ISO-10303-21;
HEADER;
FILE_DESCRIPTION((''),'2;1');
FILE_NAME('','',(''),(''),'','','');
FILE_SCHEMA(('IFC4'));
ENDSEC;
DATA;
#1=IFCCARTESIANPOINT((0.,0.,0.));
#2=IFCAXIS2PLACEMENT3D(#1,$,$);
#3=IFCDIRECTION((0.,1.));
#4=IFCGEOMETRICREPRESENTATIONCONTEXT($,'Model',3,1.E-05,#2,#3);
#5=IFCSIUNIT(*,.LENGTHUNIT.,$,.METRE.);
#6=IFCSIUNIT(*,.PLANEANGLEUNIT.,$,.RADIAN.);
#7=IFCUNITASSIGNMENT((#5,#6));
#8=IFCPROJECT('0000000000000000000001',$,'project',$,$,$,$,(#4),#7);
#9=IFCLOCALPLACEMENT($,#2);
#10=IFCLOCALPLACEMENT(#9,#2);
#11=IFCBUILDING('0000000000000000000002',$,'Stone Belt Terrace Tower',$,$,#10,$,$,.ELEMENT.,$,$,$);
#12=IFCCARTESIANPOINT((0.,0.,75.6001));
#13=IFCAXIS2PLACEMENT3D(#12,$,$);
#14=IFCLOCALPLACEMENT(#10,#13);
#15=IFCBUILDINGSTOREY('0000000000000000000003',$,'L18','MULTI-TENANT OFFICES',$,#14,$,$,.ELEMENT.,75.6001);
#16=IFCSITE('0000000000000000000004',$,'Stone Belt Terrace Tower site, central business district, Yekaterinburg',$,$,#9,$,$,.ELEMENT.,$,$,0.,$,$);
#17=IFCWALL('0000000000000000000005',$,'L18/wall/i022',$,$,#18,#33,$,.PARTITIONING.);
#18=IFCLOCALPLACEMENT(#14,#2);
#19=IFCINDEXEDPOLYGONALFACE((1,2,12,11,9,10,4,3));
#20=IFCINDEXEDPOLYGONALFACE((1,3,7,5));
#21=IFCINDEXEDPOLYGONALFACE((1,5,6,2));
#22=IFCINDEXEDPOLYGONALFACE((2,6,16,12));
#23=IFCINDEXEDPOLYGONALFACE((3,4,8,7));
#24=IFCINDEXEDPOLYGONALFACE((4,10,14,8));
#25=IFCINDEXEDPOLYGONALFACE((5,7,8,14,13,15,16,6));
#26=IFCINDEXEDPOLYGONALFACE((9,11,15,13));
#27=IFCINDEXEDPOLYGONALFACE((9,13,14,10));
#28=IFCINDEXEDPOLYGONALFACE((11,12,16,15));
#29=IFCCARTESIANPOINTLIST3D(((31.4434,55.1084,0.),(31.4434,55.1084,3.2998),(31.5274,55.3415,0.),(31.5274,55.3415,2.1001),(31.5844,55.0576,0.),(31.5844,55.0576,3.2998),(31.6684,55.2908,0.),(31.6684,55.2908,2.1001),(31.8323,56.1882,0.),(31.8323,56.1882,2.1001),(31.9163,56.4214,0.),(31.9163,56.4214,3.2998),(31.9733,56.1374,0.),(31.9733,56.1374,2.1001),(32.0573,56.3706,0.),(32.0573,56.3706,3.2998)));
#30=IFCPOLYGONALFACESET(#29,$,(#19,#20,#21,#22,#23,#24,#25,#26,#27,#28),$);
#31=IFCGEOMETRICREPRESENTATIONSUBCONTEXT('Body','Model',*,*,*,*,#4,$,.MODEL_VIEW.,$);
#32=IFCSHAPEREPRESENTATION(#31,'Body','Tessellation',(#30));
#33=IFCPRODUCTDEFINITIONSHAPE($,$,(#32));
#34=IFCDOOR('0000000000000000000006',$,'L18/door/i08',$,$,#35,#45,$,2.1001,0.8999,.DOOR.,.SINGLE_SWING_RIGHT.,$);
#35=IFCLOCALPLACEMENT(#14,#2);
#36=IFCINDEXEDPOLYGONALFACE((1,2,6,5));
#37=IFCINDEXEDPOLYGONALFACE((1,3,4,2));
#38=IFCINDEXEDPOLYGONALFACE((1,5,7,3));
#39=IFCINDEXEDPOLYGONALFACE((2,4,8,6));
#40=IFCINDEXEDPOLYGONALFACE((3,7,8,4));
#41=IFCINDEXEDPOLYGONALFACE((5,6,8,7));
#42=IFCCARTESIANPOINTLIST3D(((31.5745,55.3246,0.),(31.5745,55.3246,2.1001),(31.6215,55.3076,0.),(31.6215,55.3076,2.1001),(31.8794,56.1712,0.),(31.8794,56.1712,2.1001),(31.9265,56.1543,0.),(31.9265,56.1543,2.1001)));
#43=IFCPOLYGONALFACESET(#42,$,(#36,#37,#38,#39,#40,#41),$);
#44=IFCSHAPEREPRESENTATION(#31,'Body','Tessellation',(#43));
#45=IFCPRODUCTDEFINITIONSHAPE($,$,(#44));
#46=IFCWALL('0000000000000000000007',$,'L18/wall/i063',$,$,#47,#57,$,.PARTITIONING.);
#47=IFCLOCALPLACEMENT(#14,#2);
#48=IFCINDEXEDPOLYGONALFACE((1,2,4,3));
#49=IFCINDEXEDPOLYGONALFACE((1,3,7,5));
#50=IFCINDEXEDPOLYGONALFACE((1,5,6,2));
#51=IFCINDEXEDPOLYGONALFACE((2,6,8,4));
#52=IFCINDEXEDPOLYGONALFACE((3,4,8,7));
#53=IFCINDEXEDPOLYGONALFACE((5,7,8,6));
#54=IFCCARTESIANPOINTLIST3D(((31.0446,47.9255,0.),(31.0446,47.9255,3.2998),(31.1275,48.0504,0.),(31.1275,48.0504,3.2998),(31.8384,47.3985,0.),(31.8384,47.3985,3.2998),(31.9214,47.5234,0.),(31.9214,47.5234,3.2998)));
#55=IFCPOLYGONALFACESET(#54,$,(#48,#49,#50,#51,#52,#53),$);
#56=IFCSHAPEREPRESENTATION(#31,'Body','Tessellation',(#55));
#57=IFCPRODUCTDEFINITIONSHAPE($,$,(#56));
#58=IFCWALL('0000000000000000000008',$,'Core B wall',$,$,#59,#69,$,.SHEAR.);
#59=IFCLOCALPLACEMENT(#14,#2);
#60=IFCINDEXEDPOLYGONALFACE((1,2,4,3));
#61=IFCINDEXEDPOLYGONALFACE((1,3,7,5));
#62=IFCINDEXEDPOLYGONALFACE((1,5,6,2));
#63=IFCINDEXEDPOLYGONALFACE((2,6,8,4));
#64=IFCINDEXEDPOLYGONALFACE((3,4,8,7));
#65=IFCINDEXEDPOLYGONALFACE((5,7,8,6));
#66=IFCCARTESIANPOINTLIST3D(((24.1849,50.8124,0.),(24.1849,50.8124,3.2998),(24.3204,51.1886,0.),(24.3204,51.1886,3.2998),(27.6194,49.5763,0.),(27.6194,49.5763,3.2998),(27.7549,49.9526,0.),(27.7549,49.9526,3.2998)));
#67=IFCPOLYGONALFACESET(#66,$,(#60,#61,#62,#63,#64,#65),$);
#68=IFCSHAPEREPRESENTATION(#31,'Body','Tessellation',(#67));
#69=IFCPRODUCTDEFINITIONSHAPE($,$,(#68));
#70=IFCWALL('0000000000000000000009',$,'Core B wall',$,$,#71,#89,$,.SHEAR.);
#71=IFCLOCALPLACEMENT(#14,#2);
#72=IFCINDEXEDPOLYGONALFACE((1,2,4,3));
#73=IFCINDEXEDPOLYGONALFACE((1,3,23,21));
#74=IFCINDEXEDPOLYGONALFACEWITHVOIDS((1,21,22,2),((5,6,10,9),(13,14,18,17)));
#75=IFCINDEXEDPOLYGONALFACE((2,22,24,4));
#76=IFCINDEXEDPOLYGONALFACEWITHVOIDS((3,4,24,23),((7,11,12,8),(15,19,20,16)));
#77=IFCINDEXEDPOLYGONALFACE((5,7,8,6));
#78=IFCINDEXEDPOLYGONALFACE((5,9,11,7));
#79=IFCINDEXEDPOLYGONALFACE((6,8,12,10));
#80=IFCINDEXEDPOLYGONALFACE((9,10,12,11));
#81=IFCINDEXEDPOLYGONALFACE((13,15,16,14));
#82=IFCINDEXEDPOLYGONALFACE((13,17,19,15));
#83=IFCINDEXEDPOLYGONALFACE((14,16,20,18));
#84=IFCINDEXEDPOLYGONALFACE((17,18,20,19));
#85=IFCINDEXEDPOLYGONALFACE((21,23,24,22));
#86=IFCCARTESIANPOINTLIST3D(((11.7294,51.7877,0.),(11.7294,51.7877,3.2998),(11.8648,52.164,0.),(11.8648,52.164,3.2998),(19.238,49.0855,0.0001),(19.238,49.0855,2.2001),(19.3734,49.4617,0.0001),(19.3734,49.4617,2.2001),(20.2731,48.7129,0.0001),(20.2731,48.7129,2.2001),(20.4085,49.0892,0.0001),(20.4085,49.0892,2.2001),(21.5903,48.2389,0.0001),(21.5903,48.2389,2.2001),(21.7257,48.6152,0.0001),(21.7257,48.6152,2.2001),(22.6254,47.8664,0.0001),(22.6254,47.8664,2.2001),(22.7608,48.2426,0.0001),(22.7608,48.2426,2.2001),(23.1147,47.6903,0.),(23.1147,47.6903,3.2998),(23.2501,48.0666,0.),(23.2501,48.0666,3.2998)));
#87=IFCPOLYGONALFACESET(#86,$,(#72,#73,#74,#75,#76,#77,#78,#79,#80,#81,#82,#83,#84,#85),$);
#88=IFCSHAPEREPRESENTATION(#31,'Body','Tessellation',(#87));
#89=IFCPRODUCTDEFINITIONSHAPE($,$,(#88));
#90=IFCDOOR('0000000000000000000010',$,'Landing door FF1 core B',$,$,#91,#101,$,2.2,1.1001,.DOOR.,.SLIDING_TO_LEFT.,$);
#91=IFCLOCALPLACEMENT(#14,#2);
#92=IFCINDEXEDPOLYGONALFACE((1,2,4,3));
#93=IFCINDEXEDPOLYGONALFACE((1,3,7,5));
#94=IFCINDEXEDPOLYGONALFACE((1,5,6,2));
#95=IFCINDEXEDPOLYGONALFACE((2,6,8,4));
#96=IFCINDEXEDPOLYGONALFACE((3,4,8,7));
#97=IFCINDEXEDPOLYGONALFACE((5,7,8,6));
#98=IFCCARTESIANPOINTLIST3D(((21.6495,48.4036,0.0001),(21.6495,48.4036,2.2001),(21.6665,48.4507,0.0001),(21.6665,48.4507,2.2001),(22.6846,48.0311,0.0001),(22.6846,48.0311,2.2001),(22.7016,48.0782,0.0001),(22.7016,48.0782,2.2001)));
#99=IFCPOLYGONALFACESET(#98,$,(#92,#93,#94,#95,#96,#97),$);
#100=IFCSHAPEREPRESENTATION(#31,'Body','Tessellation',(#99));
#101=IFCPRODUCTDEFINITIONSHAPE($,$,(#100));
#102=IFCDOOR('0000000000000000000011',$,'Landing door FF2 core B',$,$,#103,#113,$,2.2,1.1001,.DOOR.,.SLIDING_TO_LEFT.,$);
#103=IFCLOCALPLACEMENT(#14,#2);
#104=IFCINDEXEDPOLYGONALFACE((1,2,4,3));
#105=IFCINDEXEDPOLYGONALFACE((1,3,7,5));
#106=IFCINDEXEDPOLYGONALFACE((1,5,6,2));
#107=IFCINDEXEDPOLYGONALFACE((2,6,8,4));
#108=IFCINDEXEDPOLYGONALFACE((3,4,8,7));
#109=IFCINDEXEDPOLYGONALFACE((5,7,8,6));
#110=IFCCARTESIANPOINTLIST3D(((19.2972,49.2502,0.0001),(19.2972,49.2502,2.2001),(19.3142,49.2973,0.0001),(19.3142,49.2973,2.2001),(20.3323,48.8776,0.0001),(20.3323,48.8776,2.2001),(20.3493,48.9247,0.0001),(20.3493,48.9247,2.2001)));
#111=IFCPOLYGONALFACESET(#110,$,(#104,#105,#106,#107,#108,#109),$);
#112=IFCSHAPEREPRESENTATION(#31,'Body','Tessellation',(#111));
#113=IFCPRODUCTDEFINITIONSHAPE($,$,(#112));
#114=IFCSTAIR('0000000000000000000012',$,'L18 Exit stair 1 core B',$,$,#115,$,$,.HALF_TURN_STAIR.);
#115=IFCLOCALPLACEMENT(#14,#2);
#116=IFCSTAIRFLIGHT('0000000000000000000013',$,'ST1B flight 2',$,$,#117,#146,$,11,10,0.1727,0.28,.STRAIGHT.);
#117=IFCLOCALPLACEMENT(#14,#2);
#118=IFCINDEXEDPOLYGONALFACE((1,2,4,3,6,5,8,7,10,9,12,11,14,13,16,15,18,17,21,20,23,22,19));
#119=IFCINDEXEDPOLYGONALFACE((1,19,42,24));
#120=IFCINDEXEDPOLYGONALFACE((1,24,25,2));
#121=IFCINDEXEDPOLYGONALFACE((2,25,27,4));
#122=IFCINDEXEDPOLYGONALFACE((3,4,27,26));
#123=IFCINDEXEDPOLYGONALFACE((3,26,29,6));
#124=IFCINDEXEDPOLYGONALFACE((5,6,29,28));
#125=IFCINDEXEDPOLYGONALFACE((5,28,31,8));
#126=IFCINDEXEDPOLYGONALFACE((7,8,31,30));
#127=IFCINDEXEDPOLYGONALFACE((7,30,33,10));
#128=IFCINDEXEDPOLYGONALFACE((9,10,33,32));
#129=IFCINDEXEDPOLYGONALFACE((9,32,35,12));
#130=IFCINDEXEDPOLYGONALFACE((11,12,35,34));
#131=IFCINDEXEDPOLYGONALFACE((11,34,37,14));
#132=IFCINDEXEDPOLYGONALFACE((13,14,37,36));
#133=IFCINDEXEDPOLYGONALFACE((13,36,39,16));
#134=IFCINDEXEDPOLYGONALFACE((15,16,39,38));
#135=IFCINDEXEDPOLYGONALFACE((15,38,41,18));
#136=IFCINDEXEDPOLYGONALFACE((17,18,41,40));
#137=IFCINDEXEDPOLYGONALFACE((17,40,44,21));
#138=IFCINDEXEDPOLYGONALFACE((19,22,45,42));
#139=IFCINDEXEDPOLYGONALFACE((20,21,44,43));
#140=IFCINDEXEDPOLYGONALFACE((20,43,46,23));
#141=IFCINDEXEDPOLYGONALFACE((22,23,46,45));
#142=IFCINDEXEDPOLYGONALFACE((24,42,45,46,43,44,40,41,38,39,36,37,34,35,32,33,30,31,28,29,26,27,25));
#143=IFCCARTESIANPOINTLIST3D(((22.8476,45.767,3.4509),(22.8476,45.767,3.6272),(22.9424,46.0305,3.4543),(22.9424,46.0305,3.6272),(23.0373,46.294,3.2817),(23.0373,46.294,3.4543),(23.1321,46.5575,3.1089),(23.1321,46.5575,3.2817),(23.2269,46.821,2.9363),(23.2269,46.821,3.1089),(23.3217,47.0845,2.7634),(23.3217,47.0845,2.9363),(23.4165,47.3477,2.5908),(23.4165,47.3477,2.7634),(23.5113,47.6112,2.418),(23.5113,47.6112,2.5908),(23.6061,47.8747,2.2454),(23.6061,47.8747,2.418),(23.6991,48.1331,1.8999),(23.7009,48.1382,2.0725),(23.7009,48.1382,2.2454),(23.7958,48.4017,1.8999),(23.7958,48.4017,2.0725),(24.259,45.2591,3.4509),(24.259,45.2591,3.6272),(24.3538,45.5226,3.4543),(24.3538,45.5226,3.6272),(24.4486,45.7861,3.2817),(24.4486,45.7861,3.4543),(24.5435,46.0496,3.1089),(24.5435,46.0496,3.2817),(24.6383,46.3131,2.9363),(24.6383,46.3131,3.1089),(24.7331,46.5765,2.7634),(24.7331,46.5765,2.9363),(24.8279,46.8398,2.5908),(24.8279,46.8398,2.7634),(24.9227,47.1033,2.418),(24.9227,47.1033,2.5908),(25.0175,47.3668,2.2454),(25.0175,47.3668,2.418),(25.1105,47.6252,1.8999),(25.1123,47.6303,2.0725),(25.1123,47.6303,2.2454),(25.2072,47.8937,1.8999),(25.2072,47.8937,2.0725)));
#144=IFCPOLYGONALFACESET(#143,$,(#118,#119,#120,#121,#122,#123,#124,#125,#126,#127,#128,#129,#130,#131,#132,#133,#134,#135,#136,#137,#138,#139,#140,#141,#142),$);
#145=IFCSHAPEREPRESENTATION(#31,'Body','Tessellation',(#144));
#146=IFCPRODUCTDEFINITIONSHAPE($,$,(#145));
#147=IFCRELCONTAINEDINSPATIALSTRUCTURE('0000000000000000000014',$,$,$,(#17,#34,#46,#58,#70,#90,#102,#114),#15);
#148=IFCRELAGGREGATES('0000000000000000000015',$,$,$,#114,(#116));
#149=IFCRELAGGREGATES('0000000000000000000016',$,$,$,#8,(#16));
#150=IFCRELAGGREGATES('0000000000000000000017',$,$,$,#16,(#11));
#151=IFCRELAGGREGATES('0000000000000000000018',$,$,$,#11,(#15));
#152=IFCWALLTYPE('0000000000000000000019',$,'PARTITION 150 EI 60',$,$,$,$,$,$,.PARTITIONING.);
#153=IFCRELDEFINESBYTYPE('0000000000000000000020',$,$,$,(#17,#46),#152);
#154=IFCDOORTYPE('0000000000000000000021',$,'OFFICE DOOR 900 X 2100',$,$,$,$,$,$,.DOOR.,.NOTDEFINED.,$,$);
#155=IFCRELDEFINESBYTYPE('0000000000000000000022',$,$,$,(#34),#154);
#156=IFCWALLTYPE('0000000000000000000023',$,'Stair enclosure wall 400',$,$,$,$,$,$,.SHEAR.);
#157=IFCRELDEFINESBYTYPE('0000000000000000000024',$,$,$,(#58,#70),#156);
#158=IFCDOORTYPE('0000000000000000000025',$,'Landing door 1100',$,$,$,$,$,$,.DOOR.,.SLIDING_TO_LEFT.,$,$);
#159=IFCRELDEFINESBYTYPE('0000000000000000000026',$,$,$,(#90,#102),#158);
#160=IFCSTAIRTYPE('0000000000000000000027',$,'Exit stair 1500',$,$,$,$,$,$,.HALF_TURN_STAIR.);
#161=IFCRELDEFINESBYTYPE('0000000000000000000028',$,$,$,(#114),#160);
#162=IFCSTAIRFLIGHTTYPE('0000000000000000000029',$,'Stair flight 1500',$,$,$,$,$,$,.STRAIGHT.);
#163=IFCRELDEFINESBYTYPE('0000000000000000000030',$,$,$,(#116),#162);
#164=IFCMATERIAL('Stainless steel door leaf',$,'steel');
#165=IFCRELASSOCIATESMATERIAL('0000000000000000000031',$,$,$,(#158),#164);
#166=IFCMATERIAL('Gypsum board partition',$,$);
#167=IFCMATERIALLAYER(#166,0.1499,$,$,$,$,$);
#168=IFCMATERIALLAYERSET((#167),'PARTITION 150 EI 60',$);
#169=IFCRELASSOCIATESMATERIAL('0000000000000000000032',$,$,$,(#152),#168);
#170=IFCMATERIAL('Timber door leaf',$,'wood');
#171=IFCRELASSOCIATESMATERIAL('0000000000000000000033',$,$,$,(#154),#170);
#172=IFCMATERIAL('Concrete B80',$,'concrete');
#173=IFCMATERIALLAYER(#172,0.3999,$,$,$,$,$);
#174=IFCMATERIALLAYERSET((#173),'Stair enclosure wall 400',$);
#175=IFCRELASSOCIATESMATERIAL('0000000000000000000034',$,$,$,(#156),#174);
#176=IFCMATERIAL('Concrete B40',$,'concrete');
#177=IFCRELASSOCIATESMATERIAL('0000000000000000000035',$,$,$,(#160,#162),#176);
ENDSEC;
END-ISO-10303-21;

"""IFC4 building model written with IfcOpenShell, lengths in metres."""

from ifc_helpers import new_model, si_unit, direction, frame, frame_2d, origin, place, context, subcontext, project, spatial, polyline, rectangle, outline, extrude, material, layer, layer_set, type_object, element, fill, aggregate, save


model = new_model("IFC4")

# Units and contexts
model_context = context("Model", 3, precision=1e-05, world=origin(), true_north=direction((0.0, 1.0)))
body_context = subcontext(model_context, "Body", "Model", "MODEL_VIEW")
ifc_project = project(units=[si_unit("LENGTHUNIT", "METRE"), si_unit("PLANEANGLEUNIT", "RADIAN")], contexts=[model_context])

# Site, building, storey
site_placement = place(None, origin())
site = spatial("IfcSite", under=ifc_project, at=site_placement, Name="Stone Belt Terrace Tower site, central business district, Yekaterinburg", CompositionType="ELEMENT", RefElevation=0.0)
building_placement = place(site_placement, origin())
building = spatial("IfcBuilding", under=site, at=building_placement, Name="Stone Belt Terrace Tower", CompositionType="ELEMENT")
storey_placement = place(building_placement, frame((0.0, 0.0, 75.6001)))
storey = spatial("IfcBuildingStorey", under=building, at=storey_placement, Name="L18", Description="MULTI-TENANT OFFICES", CompositionType="ELEMENT", Elevation=75.6001)

# Shared definitions
ifc_material_1 = material(Name="Timber door leaf", Category="wood")

# Shared definitions
ifc_material_2 = material(Name="Concrete B80", Category="concrete")

# Shared definitions
ifc_material_3 = material(Name="Stainless steel door leaf", Category="steel")

# Shared definitions
door_type_1 = type_object("IfcDoorType", Name="Landing door 1100", OperationType="SLIDING_TO_LEFT", PredefinedType="DOOR", material=ifc_material_3)

# Wall, opening, door
ifc_material_4 = material(Name="Gypsum board partition")
ifc_layer_1 = layer(ifc_material_4, 0.1499)
ifc_layer_set_1 = layer_set([ifc_layer_1], Name="PARTITION 150 EI 60")
wall_type_1 = type_object("IfcWallType", Name="PARTITION 150 EI 60", PredefinedType="PARTITIONING", material=ifc_layer_set_1)
wall_1_placement = place(storey_placement, frame((31.5139, 55.083, 0.0), z_axis=(0.0, 0.0, 1.0), x_axis=(0.338862, 0.940836, 0.0)))
wall_1 = element("IfcWall", 1, at=wall_1_placement, inside=storey, type_object=wall_type_1, Name="L18/wall/i022", PredefinedType="PARTITIONING", context=body_context, shape_type="SweptSolid", body=[
    extrude(rectangle(XDim=1.3955, YDim=0.1499, at=frame_2d((0.6978, 0.0))), origin(), (0.0, 0.0, 1.0), 3.2998),
])
opening_1_placement = place(wall_1_placement, frame((0.2478, 0.0, 0.0)))
opening_1 = element("IfcOpeningElement", 2, at=opening_1_placement, cuts=wall_1, PredefinedType="OPENING", context=body_context, shape_type="SweptSolid", body=[
    extrude(rectangle(XDim=0.8999, YDim=2.1001, at=frame_2d((0.45, 1.05))), frame((0.0, 0.085, 0.0), z_axis=(0.0, -1.0, 0.0), x_axis=(1.0, 0.0, 0.0)), (0.0, 0.0, 1.0), 0.1699),
])
door_type_2 = type_object("IfcDoorType", Name="OFFICE DOOR 900 X 2100", OperationType="NOTDEFINED", PredefinedType="DOOR", material=ifc_material_1)
door_1_placement = place(opening_1_placement, origin())
door_1 = element("IfcDoor", 3, at=door_1_placement, inside=storey, type_object=door_type_2, Name="L18/door/i08", OperationType="SINGLE_SWING_RIGHT", OverallHeight=2.1001, OverallWidth=0.8999, PredefinedType="DOOR", context=body_context, shape_type="SweptSolid", body=[
    extrude(rectangle(XDim=0.8999, YDim=2.1001, at=frame_2d((0.45, 1.05))), frame((0.0, 0.0249, 0.0), z_axis=(0.0, -1.0, 0.0), x_axis=(1.0, 0.0, 0.0)), (0.0, 0.0, 1.0), 0.05),
])
fill(opening_1, door_1)

# Walls
wall_2_placement = place(storey_placement, frame((31.0859, 47.988, 0.0), z_axis=(0.0, 0.0, 1.0), x_axis=(0.833113, -0.553103, 0.0)))
element("IfcWall", 4, at=wall_2_placement, inside=storey, type_object=wall_type_1, Name="L18/wall/i063", PredefinedType="PARTITIONING", context=body_context, shape_type="SweptSolid", body=[
    extrude(rectangle(XDim=0.9529, YDim=0.1499, at=frame_2d((0.4766, 0.0))), origin(), (0.0, 0.0, 1.0), 3.2998),
])
ifc_layer_2 = layer(ifc_material_2, 0.3999)
ifc_layer_set_2 = layer_set([ifc_layer_2], Name="Stair enclosure wall 400")
wall_type_2 = type_object("IfcWallType", Name="Stair enclosure wall 400", PredefinedType="SHEAR", material=ifc_layer_set_2)
wall_3_placement = place(storey_placement, frame((27.6873, 49.7644, 0.0), z_axis=(0.0, 0.0, 1.0), x_axis=(-0.940919, 0.338632, 0.0)))
element("IfcWall", 5, at=wall_3_placement, inside=storey, type_object=wall_type_2, Name="Core B wall", PredefinedType="SHEAR", context=body_context, shape_type="SweptSolid", body=[
    extrude(rectangle(XDim=3.6501, YDim=0.3999, at=frame_2d((1.8252, 0.0))), origin(), (0.0, 0.0, 1.0), 3.2998),
])

# Wall, openings, doors
wall_4_placement = place(storey_placement, frame((23.1824, 47.8784, 0.0), z_axis=(0.0, 0.0, 1.0), x_axis=(-0.940921, 0.338626, 0.0)))
wall_4 = element("IfcWall", 6, at=wall_4_placement, inside=storey, type_object=wall_type_2, Name="Core B wall", PredefinedType="SHEAR", context=body_context, shape_type="SweptSolid", body=[
    extrude(rectangle(XDim=12.1001, YDim=0.3999, at=frame_2d((6.05, 0.0))), origin(), (0.0, 0.0, 1.0), 3.2998),
])
opening_2_placement = place(wall_4_placement, frame((0.52, 0.0, 0.0)))
opening_2 = element("IfcOpeningElement", 7, at=opening_2_placement, cuts=wall_4, PredefinedType="OPENING", context=body_context, shape_type="SweptSolid", body=[
    extrude(rectangle(XDim=1.1001, YDim=2.2, at=frame_2d((0.55, 1.1001))), frame((0.0, 0.21, 0.0), z_axis=(0.0, -1.0, 0.0), x_axis=(1.0, 0.0, 0.0)), (0.0, 0.0, 1.0), 0.4199),
])
opening_3_placement = place(wall_4_placement, frame((3.02, 0.0, 0.0)))
opening_3 = element("IfcOpeningElement", 8, at=opening_3_placement, cuts=wall_4, PredefinedType="OPENING", context=body_context, shape_type="SweptSolid", body=[
    extrude(rectangle(XDim=1.1001, YDim=2.2, at=frame_2d((0.55, 1.1001))), frame((0.0, 0.21, 0.0), z_axis=(0.0, -1.0, 0.0), x_axis=(1.0, 0.0, 0.0)), (0.0, 0.0, 1.0), 0.4199),
])
door_2_placement = place(opening_2_placement, origin())
door_2 = element("IfcDoor", 9, at=door_2_placement, inside=storey, type_object=door_type_1, Name="Landing door FF1 core B", OperationType="SLIDING_TO_LEFT", OverallHeight=2.2, OverallWidth=1.1001, PredefinedType="DOOR", context=body_context, shape_type="SweptSolid", body=[
    extrude(rectangle(XDim=1.1001, YDim=2.2, at=frame_2d((0.55, 1.1001))), frame((0.0, 0.0249, 0.0), z_axis=(0.0, -1.0, 0.0), x_axis=(1.0, 0.0, 0.0)), (0.0, 0.0, 1.0), 0.05),
])
fill(opening_2, door_2)
door_3_placement = place(opening_3_placement, origin())
door_3 = element("IfcDoor", 10, at=door_3_placement, inside=storey, type_object=door_type_1, Name="Landing door FF2 core B", OperationType="SLIDING_TO_LEFT", OverallHeight=2.2, OverallWidth=1.1001, PredefinedType="DOOR", context=body_context, shape_type="SweptSolid", body=[
    extrude(rectangle(XDim=1.1001, YDim=2.2, at=frame_2d((0.55, 1.1001))), frame((0.0, 0.0249, 0.0), z_axis=(0.0, -1.0, 0.0), x_axis=(1.0, 0.0, 0.0)), (0.0, 0.0, 1.0), 0.05),
])
fill(opening_3, door_3)

# Stair, stair flight
ifc_material_5 = material(Name="Concrete B40", Category="concrete")
stair_type = type_object("IfcStairType", Name="Exit stair 1500", PredefinedType="HALF_TURN_STAIR", material=ifc_material_5)
stair_placement = place(storey_placement, origin())
stair = element("IfcStair", 11, at=stair_placement, inside=storey, type_object=stair_type, Name="L18 Exit stair 1 core B", PredefinedType="HALF_TURN_STAIR")
stair_flight_type = type_object("IfcStairFlightType", Name="Stair flight 1500", PredefinedType="STRAIGHT", material=ifc_material_5)
stair_flight_placement = place(storey_placement, frame((24.5015, 48.1477, 1.8999), z_axis=(0.0, 0.0, 1.0), x_axis=(-0.338624, -0.940922, 0.0)))
stair_flight = element("IfcStairFlight", 12, at=stair_flight_placement, type_object=stair_flight_type, Name="ST1B flight 2", NumberOfRisers=11, NumberOfTreads=10, PredefinedType="STRAIGHT", RiserHeight=0.1727, TreadLength=0.28, context=body_context, shape_type="SweptSolid", body=[
    extrude(outline(polyline([(0.0, 0.0), (0.0, 0.1726), (0.28, 0.1726), (0.28, 0.3455), (0.5601, 0.3455), (0.5601, 0.5181), (0.8401, 0.5181), (0.8401, 0.6909), (1.1201, 0.6909), (1.1201, 0.8635), (1.3999, 0.8635), (1.3999, 1.0364), (1.6799, 1.0364), (1.6799, 1.209), (1.96, 1.209), (1.96, 1.3818), (2.24, 1.3818), (2.24, 1.5544), (2.52, 1.5544), (2.52, 1.7273), (2.8, 1.7273), (2.8, 1.8999), (2.8, 1.551), (0.2854, 0.0), (0.0, 0.0)])), frame((0.0, 0.75, 0.0), z_axis=(0.0, -1.0, 0.0), x_axis=(1.0, 0.0, 0.0)), (0.0, 0.0, 1.0), 1.5),
])
aggregate(stair, [stair_flight])

save(model, "model.ifc")
